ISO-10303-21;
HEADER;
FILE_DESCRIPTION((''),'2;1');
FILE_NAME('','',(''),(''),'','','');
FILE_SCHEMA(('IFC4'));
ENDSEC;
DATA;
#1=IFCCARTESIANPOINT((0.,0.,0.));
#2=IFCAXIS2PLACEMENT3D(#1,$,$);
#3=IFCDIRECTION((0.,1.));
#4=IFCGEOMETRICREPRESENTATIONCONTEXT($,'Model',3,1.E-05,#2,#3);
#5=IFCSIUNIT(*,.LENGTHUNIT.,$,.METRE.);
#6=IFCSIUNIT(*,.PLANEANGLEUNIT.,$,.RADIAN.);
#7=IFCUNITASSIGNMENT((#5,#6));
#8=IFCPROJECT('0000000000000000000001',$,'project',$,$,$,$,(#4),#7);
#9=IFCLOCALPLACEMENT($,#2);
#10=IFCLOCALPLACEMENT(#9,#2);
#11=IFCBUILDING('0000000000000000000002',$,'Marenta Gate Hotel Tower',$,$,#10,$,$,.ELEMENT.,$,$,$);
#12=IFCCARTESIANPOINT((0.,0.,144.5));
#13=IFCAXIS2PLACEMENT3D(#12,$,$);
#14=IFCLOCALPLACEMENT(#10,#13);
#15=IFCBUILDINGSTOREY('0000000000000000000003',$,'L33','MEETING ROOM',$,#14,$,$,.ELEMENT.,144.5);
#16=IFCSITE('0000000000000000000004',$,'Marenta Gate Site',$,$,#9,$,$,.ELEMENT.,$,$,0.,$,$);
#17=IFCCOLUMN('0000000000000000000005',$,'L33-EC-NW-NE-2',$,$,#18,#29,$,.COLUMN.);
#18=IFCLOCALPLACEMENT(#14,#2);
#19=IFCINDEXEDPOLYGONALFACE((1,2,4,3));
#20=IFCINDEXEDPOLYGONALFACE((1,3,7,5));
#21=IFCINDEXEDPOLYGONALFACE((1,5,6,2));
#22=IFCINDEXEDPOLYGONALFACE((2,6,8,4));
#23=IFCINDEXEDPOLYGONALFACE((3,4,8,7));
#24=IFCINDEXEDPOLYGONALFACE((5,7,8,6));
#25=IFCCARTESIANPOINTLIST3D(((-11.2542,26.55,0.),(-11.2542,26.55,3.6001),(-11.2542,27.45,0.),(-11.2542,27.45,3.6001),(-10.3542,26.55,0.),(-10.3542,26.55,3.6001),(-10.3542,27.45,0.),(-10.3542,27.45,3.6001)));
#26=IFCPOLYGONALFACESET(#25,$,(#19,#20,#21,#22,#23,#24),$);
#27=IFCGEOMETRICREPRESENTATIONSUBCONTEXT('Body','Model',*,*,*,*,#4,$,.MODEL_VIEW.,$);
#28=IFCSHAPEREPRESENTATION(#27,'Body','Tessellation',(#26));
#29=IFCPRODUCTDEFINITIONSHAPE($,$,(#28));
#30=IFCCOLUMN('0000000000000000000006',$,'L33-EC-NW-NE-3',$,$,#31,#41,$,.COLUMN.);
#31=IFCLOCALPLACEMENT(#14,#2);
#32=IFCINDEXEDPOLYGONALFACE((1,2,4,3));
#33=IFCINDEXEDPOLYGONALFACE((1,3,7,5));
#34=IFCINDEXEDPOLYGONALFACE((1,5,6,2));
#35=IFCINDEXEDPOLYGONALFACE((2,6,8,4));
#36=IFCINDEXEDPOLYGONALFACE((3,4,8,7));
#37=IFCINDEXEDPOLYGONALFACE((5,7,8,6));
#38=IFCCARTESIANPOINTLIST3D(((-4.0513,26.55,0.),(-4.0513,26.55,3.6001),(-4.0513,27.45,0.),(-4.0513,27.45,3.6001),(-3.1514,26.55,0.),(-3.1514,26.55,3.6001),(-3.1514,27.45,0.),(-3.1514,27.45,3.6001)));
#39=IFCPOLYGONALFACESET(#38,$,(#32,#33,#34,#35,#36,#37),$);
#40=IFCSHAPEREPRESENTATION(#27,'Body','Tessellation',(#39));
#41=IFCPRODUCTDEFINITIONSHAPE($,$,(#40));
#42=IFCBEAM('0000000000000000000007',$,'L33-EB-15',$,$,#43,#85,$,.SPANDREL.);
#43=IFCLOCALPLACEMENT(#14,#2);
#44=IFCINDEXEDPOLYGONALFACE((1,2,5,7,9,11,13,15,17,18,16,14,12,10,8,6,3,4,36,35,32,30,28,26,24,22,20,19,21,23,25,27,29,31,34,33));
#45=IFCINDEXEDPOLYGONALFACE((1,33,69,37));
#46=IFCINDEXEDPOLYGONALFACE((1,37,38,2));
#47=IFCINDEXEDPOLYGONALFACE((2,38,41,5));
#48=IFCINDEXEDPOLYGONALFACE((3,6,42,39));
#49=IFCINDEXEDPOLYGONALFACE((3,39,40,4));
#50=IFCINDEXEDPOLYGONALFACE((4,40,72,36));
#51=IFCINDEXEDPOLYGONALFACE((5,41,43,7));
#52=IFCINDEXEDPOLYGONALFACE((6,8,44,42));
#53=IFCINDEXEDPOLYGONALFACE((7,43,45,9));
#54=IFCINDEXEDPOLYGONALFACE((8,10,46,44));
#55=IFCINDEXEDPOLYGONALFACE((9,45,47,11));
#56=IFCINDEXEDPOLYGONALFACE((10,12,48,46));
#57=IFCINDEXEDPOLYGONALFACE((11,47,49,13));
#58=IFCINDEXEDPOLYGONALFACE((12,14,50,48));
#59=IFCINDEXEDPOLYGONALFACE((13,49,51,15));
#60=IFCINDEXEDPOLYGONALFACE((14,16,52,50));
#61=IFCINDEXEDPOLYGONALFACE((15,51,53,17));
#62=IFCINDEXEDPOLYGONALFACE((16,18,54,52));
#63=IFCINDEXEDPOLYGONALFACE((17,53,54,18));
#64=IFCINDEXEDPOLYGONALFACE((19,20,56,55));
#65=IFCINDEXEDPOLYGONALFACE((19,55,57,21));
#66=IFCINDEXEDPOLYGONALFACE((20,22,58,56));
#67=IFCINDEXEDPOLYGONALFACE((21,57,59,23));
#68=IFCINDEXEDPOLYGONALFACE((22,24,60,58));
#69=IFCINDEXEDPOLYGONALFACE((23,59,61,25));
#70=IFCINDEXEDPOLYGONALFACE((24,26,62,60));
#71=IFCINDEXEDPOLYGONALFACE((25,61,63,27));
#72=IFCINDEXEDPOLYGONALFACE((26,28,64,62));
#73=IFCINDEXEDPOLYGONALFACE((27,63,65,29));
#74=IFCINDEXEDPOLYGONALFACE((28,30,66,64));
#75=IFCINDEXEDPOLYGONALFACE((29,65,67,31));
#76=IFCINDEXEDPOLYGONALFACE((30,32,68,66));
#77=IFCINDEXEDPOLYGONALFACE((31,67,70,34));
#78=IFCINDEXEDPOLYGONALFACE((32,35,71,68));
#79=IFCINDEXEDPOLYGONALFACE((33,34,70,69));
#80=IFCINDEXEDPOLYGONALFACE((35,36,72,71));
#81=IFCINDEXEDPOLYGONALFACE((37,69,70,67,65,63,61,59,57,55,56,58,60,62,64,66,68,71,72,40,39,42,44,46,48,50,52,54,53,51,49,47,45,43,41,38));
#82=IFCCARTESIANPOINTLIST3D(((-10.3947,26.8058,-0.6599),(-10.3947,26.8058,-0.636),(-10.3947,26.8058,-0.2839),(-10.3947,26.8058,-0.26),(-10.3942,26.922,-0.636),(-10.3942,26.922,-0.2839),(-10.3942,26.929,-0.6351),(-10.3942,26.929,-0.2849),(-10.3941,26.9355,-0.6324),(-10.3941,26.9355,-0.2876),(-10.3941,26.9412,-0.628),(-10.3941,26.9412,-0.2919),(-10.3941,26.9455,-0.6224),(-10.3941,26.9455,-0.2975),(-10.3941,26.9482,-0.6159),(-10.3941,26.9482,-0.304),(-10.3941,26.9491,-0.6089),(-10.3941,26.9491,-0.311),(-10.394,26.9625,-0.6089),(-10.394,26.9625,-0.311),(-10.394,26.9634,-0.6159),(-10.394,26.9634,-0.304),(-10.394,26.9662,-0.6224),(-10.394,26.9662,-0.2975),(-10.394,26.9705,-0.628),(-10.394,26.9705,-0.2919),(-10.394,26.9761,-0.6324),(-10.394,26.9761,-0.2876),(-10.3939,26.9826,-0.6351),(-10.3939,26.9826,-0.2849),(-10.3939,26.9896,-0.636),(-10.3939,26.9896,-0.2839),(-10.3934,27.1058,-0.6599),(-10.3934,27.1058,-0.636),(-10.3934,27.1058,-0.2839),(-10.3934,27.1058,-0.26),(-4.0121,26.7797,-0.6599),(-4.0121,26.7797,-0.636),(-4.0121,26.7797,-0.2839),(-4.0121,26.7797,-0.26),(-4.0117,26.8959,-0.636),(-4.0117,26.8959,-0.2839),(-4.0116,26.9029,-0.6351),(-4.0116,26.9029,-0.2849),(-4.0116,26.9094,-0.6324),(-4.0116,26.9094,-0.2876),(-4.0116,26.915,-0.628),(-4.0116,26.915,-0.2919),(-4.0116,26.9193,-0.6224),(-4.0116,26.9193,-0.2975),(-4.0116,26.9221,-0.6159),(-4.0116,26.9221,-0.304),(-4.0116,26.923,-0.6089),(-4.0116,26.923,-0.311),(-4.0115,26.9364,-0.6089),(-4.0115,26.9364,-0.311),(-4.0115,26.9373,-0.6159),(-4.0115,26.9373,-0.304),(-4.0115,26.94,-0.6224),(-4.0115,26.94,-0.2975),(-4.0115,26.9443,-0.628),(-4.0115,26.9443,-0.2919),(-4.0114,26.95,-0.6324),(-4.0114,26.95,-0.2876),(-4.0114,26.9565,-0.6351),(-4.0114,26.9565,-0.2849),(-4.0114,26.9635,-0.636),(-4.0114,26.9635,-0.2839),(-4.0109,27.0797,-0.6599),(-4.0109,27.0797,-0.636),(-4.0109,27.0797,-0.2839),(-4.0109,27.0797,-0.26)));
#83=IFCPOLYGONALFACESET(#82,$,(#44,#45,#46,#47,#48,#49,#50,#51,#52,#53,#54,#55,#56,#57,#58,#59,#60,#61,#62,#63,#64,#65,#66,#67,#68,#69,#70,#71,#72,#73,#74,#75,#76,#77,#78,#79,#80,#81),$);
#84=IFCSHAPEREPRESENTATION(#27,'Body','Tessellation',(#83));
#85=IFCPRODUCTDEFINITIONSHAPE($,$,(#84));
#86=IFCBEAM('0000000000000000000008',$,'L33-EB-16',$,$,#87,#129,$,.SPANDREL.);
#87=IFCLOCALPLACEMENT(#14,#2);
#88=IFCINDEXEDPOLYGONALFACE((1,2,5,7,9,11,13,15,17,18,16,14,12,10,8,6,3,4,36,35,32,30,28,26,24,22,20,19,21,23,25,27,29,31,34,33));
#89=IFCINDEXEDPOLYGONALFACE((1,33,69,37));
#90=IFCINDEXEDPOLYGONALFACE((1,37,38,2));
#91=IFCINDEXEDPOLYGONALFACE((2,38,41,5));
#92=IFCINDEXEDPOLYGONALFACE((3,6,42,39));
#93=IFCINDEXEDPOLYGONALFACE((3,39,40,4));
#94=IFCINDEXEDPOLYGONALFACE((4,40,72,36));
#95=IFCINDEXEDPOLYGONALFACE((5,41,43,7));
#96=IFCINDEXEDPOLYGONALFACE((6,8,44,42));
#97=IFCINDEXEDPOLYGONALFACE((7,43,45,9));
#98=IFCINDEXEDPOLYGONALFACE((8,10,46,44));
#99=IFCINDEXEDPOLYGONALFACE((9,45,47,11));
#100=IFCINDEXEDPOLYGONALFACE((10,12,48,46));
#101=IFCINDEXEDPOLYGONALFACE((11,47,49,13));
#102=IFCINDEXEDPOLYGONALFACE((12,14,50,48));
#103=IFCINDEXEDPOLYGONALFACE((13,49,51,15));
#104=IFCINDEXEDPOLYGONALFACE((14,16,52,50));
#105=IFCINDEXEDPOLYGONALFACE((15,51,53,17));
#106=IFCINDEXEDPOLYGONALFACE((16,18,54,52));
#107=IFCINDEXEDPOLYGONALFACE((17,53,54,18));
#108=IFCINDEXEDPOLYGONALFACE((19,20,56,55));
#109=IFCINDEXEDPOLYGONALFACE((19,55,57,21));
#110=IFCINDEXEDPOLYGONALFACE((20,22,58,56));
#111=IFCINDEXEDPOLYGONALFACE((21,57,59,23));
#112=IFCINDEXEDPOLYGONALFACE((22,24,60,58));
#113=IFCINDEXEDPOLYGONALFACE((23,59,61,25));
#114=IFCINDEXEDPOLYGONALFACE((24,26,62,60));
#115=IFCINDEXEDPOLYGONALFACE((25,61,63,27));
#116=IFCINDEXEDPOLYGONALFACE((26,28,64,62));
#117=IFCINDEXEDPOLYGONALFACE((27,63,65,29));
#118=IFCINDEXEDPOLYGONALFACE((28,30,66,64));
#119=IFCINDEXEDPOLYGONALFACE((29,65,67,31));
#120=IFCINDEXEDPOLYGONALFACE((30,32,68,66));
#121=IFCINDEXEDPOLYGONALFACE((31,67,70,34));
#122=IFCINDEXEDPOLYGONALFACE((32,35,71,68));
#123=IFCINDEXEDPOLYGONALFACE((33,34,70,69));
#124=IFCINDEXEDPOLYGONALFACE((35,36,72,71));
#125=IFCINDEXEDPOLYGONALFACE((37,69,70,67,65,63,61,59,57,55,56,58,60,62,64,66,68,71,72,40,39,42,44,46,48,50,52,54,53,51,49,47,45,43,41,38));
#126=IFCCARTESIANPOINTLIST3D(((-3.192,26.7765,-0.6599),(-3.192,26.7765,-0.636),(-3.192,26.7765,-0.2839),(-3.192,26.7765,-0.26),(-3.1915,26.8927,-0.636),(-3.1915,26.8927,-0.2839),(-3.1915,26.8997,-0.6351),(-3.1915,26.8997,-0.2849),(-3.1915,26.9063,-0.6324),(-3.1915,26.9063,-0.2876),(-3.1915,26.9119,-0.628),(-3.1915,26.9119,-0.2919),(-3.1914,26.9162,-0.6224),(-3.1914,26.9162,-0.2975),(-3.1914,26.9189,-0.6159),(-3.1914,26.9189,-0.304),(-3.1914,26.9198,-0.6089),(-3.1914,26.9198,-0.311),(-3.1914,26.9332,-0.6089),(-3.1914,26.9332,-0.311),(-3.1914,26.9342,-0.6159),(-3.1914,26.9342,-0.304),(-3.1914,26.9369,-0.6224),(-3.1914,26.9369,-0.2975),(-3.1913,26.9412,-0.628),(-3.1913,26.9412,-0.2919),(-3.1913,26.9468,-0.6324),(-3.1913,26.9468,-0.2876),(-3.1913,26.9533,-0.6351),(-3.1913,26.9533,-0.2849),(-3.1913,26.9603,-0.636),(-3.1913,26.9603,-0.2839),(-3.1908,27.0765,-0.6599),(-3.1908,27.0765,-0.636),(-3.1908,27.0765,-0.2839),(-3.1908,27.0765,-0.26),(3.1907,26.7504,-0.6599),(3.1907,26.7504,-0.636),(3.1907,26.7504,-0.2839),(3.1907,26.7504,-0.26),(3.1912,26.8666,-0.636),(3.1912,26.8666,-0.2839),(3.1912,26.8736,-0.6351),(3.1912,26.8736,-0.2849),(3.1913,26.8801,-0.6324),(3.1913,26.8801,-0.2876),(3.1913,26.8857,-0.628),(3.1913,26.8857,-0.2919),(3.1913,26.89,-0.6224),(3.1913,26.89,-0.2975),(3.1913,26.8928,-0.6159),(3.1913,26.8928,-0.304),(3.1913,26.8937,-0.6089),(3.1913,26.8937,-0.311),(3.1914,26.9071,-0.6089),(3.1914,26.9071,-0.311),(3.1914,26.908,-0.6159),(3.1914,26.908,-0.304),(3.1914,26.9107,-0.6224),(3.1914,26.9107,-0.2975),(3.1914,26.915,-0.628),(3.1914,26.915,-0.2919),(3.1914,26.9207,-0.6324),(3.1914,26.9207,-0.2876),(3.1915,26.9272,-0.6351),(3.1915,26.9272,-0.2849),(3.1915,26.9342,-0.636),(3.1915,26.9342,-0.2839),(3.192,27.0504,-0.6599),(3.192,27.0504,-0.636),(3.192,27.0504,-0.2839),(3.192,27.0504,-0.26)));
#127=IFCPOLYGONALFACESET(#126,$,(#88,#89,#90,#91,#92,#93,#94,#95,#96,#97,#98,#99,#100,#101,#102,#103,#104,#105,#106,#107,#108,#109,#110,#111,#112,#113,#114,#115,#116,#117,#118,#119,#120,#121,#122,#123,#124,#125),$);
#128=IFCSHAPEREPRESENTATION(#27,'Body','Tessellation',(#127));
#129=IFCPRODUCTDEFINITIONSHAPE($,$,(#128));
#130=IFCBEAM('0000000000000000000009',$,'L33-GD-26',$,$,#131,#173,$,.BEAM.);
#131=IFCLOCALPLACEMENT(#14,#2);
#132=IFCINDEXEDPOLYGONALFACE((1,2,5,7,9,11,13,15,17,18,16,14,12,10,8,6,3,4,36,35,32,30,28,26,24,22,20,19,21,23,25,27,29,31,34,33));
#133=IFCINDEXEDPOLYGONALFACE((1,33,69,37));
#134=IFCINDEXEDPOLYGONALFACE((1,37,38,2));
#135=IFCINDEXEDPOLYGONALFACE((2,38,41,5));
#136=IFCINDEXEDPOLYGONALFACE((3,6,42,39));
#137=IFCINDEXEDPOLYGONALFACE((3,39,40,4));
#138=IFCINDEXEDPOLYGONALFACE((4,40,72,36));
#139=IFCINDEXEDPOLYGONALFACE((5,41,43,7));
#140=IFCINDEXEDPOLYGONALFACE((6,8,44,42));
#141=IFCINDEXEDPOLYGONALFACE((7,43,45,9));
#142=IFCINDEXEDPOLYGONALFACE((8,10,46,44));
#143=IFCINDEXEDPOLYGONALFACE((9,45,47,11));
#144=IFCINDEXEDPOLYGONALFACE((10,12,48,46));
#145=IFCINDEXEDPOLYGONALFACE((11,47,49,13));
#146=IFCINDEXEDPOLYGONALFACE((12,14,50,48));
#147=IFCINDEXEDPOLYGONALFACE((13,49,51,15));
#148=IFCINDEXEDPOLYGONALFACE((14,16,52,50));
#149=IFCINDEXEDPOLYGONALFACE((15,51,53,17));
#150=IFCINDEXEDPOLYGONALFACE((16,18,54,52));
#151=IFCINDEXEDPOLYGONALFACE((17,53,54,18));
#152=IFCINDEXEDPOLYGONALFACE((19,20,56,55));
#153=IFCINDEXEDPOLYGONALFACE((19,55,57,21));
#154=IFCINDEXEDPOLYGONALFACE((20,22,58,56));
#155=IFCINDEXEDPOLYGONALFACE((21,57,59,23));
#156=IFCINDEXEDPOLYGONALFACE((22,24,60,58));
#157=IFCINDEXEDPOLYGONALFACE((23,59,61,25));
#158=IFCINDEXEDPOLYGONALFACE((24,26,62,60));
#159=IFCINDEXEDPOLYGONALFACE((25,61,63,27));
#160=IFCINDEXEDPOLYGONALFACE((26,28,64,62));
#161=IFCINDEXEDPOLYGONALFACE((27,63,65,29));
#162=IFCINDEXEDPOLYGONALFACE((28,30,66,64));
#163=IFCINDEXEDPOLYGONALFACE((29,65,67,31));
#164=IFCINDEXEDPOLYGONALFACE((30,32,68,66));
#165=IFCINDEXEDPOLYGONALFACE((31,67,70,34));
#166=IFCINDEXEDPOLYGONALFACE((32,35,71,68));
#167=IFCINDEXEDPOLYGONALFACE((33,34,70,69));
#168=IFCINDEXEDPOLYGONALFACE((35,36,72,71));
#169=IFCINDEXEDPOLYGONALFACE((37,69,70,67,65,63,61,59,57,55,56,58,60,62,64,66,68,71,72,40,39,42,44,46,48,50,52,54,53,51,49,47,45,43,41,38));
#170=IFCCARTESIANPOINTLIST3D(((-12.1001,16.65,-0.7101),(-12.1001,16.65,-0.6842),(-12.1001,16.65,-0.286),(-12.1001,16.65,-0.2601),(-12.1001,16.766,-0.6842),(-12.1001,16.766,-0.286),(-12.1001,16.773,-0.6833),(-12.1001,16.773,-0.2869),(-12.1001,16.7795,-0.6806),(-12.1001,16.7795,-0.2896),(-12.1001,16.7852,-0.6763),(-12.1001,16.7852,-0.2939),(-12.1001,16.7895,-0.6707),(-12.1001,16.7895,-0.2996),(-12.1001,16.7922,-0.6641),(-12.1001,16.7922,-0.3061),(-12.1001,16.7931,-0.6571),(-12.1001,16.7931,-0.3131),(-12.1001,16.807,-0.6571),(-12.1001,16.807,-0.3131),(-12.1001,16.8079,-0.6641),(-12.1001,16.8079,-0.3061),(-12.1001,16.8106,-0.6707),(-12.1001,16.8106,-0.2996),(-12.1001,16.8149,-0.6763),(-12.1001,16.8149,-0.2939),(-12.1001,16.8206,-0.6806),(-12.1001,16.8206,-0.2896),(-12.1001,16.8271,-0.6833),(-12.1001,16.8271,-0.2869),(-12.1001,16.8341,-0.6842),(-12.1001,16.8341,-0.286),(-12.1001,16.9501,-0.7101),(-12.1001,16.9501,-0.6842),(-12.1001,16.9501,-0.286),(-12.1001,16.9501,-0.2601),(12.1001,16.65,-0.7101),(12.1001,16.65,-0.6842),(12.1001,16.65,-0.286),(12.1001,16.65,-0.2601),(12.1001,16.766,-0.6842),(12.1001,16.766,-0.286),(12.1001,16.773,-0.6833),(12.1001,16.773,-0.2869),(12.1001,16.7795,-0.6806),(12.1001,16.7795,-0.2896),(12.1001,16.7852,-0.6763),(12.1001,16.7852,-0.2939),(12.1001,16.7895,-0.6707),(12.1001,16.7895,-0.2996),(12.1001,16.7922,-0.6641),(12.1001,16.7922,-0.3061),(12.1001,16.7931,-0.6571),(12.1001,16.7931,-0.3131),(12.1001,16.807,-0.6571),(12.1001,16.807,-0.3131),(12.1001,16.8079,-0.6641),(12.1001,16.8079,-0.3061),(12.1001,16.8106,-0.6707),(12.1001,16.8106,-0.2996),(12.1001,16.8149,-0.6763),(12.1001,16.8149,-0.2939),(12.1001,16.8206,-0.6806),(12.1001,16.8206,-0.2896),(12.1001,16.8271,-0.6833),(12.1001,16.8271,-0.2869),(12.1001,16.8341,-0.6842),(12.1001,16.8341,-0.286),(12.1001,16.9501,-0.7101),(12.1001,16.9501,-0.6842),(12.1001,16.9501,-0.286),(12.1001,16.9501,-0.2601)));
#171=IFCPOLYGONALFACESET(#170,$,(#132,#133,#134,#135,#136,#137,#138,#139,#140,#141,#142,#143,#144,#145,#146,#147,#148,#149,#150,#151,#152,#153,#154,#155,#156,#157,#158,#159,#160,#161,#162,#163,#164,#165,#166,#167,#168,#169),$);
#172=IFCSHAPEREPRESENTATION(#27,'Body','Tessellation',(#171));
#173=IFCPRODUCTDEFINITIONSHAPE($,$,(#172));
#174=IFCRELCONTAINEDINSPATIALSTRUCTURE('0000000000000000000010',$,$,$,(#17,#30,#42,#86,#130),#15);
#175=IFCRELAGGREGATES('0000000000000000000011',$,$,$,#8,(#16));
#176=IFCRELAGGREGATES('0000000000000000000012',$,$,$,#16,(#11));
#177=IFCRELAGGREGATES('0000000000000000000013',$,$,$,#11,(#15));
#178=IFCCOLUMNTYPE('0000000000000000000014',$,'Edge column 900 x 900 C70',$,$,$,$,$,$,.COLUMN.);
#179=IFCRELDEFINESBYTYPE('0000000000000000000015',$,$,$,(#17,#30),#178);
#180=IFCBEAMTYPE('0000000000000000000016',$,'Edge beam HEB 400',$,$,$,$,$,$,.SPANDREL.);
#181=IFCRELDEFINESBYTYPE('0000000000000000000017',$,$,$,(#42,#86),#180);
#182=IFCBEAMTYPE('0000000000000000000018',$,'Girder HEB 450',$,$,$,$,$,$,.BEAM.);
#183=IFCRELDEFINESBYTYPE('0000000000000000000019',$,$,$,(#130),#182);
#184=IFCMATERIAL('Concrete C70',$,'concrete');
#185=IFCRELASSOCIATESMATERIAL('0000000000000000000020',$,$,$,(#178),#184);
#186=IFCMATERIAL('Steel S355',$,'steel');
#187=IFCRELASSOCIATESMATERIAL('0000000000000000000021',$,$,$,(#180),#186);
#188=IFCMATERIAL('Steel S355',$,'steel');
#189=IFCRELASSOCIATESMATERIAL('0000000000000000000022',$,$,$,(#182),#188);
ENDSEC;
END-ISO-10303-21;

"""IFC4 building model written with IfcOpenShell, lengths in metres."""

from ifc_helpers import new_model, si_unit, direction, frame, origin, origin_2d, place, context, subcontext, project, spatial, rectangle, i_section, extrude, material, material_profile, profile_set, type_object, element, save


model = new_model("IFC4")

# Units and contexts
model_context = context("Model", 3, precision=1e-05, world=origin(), true_north=direction((0.0, 1.0)))
body_context = subcontext(model_context, "Body", "Model", "MODEL_VIEW")
ifc_project = project(units=[si_unit("LENGTHUNIT", "METRE"), si_unit("PLANEANGLEUNIT", "RADIAN")], contexts=[model_context])

# Site, building, storey
site_placement = place(None, origin())
site = spatial("IfcSite", under=ifc_project, at=site_placement, Name="Marenta Gate Site", CompositionType="ELEMENT", RefElevation=0.0)
building_placement = place(site_placement, origin())
building = spatial("IfcBuilding", under=site, at=building_placement, Name="Marenta Gate Hotel Tower", CompositionType="ELEMENT")
storey_placement = place(building_placement, frame((0.0, 0.0, 144.5)))
storey = spatial("IfcBuildingStorey", under=building, at=storey_placement, Name="L33", Description="MEETING ROOM", CompositionType="ELEMENT", Elevation=144.5)

# Columns
ifc_material_1 = material(Name="Concrete C70", Category="concrete")
ifc_material_profile_1 = material_profile(ifc_material_1, rectangle(XDim=0.8999, YDim=0.8999, at=origin_2d()), Name="900 x 900")
ifc_profile_set_1 = profile_set([ifc_material_profile_1], Name="Concrete C70")
column_type = type_object("IfcColumnType", Name="Edge column 900 x 900 C70", PredefinedType="COLUMN", material=ifc_profile_set_1)
for number, where, z_axis, x_axis, name in (
    (1, (-10.8042, 27.0, 0.0), (0.0, 0.0, 1.0), (1.0, 0.0, 0.0), "L33-EC-NW-NE-2"),
    (2, (-3.6013, 27.0, 0.0), (0.0, 0.0, 1.0), (1.0, 0.0, 0.0), "L33-EC-NW-NE-3"),
):
    element("IfcColumn", number, at=place(storey_placement, frame(where, z_axis=z_axis, x_axis=x_axis)), inside=storey, type_object=column_type, Name=name, PredefinedType="COLUMN", context=body_context, shape_type="SweptSolid", body=[
        extrude(rectangle(XDim=0.8999, YDim=0.8999, at=origin_2d()), origin(), (0.0, 0.0, 1.0), 3.6001),
    ])

# Beams
ifc_material_2 = material(Name="Steel S355", Category="steel")
ifc_material_profile_2 = material_profile(ifc_material_2, i_section(OverallWidth=0.3, OverallDepth=0.3999, WebThickness=0.0134, FlangeThickness=0.0239, FilletRadius=0.0271, at=origin_2d()), Name="HEB 400")
ifc_profile_set_2 = profile_set([ifc_material_profile_2], Name="Steel S355")
beam_type_1 = type_object("IfcBeamType", Name="Edge beam HEB 400", PredefinedType="SPANDREL", material=ifc_profile_set_2)
beam_1_placement = place(storey_placement, frame((-10.394, 26.9558, -0.46), z_axis=(0.999992, -0.004093, 0.0), x_axis=(0.004093, 0.999992, 0.0)))
element("IfcBeam", 3, at=beam_1_placement, inside=storey, type_object=beam_type_1, Name="L33-EB-15", PredefinedType="SPANDREL", context=body_context, shape_type="SweptSolid", body=[
    extrude(i_section(OverallWidth=0.3, OverallDepth=0.3999, WebThickness=0.0134, FlangeThickness=0.0239, FilletRadius=0.0271, at=origin_2d()), origin(), (0.0, 0.0, 1.0), 6.3826),
])
beam_2_placement = place(storey_placement, frame((-3.1914, 26.9265, -0.46), z_axis=(0.999992, -0.004093, 0.0), x_axis=(0.004093, 0.999992, 0.0)))
element("IfcBeam", 4, at=beam_2_placement, inside=storey, type_object=beam_type_1, Name="L33-EB-16", PredefinedType="SPANDREL", context=body_context, shape_type="SweptSolid", body=[
    extrude(i_section(OverallWidth=0.3, OverallDepth=0.3999, WebThickness=0.0134, FlangeThickness=0.0239, FilletRadius=0.0271, at=origin_2d()), origin(), (0.0, 0.0, 1.0), 6.3828),
])
ifc_material_3 = material(Name="Steel S355", Category="steel")
ifc_material_profile_3 = material_profile(ifc_material_3, i_section(OverallWidth=0.3, OverallDepth=0.45, WebThickness=0.0139, FlangeThickness=0.0259, FilletRadius=0.0271, at=origin_2d()), Name="HEB 450")
ifc_profile_set_3 = profile_set([ifc_material_profile_3], Name="Steel S355")
beam_type_2 = type_object("IfcBeamType", Name="Girder HEB 450", PredefinedType="BEAM", material=ifc_profile_set_3)
beam_3_placement = place(storey_placement, frame((-12.1001, 16.8, -0.4851), z_axis=(1.0, 0.0, 0.0), x_axis=(0.0, 1.0, 0.0)))
element("IfcBeam", 5, at=beam_3_placement, inside=storey, type_object=beam_type_2, Name="L33-GD-26", PredefinedType="BEAM", context=body_context, shape_type="SweptSolid", body=[
    extrude(i_section(OverallWidth=0.3, OverallDepth=0.45, WebThickness=0.0139, FlangeThickness=0.0259, FilletRadius=0.0271, at=origin_2d()), origin(), (0.0, 0.0, 1.0), 24.2002),
])

save(model, "model.ifc")
